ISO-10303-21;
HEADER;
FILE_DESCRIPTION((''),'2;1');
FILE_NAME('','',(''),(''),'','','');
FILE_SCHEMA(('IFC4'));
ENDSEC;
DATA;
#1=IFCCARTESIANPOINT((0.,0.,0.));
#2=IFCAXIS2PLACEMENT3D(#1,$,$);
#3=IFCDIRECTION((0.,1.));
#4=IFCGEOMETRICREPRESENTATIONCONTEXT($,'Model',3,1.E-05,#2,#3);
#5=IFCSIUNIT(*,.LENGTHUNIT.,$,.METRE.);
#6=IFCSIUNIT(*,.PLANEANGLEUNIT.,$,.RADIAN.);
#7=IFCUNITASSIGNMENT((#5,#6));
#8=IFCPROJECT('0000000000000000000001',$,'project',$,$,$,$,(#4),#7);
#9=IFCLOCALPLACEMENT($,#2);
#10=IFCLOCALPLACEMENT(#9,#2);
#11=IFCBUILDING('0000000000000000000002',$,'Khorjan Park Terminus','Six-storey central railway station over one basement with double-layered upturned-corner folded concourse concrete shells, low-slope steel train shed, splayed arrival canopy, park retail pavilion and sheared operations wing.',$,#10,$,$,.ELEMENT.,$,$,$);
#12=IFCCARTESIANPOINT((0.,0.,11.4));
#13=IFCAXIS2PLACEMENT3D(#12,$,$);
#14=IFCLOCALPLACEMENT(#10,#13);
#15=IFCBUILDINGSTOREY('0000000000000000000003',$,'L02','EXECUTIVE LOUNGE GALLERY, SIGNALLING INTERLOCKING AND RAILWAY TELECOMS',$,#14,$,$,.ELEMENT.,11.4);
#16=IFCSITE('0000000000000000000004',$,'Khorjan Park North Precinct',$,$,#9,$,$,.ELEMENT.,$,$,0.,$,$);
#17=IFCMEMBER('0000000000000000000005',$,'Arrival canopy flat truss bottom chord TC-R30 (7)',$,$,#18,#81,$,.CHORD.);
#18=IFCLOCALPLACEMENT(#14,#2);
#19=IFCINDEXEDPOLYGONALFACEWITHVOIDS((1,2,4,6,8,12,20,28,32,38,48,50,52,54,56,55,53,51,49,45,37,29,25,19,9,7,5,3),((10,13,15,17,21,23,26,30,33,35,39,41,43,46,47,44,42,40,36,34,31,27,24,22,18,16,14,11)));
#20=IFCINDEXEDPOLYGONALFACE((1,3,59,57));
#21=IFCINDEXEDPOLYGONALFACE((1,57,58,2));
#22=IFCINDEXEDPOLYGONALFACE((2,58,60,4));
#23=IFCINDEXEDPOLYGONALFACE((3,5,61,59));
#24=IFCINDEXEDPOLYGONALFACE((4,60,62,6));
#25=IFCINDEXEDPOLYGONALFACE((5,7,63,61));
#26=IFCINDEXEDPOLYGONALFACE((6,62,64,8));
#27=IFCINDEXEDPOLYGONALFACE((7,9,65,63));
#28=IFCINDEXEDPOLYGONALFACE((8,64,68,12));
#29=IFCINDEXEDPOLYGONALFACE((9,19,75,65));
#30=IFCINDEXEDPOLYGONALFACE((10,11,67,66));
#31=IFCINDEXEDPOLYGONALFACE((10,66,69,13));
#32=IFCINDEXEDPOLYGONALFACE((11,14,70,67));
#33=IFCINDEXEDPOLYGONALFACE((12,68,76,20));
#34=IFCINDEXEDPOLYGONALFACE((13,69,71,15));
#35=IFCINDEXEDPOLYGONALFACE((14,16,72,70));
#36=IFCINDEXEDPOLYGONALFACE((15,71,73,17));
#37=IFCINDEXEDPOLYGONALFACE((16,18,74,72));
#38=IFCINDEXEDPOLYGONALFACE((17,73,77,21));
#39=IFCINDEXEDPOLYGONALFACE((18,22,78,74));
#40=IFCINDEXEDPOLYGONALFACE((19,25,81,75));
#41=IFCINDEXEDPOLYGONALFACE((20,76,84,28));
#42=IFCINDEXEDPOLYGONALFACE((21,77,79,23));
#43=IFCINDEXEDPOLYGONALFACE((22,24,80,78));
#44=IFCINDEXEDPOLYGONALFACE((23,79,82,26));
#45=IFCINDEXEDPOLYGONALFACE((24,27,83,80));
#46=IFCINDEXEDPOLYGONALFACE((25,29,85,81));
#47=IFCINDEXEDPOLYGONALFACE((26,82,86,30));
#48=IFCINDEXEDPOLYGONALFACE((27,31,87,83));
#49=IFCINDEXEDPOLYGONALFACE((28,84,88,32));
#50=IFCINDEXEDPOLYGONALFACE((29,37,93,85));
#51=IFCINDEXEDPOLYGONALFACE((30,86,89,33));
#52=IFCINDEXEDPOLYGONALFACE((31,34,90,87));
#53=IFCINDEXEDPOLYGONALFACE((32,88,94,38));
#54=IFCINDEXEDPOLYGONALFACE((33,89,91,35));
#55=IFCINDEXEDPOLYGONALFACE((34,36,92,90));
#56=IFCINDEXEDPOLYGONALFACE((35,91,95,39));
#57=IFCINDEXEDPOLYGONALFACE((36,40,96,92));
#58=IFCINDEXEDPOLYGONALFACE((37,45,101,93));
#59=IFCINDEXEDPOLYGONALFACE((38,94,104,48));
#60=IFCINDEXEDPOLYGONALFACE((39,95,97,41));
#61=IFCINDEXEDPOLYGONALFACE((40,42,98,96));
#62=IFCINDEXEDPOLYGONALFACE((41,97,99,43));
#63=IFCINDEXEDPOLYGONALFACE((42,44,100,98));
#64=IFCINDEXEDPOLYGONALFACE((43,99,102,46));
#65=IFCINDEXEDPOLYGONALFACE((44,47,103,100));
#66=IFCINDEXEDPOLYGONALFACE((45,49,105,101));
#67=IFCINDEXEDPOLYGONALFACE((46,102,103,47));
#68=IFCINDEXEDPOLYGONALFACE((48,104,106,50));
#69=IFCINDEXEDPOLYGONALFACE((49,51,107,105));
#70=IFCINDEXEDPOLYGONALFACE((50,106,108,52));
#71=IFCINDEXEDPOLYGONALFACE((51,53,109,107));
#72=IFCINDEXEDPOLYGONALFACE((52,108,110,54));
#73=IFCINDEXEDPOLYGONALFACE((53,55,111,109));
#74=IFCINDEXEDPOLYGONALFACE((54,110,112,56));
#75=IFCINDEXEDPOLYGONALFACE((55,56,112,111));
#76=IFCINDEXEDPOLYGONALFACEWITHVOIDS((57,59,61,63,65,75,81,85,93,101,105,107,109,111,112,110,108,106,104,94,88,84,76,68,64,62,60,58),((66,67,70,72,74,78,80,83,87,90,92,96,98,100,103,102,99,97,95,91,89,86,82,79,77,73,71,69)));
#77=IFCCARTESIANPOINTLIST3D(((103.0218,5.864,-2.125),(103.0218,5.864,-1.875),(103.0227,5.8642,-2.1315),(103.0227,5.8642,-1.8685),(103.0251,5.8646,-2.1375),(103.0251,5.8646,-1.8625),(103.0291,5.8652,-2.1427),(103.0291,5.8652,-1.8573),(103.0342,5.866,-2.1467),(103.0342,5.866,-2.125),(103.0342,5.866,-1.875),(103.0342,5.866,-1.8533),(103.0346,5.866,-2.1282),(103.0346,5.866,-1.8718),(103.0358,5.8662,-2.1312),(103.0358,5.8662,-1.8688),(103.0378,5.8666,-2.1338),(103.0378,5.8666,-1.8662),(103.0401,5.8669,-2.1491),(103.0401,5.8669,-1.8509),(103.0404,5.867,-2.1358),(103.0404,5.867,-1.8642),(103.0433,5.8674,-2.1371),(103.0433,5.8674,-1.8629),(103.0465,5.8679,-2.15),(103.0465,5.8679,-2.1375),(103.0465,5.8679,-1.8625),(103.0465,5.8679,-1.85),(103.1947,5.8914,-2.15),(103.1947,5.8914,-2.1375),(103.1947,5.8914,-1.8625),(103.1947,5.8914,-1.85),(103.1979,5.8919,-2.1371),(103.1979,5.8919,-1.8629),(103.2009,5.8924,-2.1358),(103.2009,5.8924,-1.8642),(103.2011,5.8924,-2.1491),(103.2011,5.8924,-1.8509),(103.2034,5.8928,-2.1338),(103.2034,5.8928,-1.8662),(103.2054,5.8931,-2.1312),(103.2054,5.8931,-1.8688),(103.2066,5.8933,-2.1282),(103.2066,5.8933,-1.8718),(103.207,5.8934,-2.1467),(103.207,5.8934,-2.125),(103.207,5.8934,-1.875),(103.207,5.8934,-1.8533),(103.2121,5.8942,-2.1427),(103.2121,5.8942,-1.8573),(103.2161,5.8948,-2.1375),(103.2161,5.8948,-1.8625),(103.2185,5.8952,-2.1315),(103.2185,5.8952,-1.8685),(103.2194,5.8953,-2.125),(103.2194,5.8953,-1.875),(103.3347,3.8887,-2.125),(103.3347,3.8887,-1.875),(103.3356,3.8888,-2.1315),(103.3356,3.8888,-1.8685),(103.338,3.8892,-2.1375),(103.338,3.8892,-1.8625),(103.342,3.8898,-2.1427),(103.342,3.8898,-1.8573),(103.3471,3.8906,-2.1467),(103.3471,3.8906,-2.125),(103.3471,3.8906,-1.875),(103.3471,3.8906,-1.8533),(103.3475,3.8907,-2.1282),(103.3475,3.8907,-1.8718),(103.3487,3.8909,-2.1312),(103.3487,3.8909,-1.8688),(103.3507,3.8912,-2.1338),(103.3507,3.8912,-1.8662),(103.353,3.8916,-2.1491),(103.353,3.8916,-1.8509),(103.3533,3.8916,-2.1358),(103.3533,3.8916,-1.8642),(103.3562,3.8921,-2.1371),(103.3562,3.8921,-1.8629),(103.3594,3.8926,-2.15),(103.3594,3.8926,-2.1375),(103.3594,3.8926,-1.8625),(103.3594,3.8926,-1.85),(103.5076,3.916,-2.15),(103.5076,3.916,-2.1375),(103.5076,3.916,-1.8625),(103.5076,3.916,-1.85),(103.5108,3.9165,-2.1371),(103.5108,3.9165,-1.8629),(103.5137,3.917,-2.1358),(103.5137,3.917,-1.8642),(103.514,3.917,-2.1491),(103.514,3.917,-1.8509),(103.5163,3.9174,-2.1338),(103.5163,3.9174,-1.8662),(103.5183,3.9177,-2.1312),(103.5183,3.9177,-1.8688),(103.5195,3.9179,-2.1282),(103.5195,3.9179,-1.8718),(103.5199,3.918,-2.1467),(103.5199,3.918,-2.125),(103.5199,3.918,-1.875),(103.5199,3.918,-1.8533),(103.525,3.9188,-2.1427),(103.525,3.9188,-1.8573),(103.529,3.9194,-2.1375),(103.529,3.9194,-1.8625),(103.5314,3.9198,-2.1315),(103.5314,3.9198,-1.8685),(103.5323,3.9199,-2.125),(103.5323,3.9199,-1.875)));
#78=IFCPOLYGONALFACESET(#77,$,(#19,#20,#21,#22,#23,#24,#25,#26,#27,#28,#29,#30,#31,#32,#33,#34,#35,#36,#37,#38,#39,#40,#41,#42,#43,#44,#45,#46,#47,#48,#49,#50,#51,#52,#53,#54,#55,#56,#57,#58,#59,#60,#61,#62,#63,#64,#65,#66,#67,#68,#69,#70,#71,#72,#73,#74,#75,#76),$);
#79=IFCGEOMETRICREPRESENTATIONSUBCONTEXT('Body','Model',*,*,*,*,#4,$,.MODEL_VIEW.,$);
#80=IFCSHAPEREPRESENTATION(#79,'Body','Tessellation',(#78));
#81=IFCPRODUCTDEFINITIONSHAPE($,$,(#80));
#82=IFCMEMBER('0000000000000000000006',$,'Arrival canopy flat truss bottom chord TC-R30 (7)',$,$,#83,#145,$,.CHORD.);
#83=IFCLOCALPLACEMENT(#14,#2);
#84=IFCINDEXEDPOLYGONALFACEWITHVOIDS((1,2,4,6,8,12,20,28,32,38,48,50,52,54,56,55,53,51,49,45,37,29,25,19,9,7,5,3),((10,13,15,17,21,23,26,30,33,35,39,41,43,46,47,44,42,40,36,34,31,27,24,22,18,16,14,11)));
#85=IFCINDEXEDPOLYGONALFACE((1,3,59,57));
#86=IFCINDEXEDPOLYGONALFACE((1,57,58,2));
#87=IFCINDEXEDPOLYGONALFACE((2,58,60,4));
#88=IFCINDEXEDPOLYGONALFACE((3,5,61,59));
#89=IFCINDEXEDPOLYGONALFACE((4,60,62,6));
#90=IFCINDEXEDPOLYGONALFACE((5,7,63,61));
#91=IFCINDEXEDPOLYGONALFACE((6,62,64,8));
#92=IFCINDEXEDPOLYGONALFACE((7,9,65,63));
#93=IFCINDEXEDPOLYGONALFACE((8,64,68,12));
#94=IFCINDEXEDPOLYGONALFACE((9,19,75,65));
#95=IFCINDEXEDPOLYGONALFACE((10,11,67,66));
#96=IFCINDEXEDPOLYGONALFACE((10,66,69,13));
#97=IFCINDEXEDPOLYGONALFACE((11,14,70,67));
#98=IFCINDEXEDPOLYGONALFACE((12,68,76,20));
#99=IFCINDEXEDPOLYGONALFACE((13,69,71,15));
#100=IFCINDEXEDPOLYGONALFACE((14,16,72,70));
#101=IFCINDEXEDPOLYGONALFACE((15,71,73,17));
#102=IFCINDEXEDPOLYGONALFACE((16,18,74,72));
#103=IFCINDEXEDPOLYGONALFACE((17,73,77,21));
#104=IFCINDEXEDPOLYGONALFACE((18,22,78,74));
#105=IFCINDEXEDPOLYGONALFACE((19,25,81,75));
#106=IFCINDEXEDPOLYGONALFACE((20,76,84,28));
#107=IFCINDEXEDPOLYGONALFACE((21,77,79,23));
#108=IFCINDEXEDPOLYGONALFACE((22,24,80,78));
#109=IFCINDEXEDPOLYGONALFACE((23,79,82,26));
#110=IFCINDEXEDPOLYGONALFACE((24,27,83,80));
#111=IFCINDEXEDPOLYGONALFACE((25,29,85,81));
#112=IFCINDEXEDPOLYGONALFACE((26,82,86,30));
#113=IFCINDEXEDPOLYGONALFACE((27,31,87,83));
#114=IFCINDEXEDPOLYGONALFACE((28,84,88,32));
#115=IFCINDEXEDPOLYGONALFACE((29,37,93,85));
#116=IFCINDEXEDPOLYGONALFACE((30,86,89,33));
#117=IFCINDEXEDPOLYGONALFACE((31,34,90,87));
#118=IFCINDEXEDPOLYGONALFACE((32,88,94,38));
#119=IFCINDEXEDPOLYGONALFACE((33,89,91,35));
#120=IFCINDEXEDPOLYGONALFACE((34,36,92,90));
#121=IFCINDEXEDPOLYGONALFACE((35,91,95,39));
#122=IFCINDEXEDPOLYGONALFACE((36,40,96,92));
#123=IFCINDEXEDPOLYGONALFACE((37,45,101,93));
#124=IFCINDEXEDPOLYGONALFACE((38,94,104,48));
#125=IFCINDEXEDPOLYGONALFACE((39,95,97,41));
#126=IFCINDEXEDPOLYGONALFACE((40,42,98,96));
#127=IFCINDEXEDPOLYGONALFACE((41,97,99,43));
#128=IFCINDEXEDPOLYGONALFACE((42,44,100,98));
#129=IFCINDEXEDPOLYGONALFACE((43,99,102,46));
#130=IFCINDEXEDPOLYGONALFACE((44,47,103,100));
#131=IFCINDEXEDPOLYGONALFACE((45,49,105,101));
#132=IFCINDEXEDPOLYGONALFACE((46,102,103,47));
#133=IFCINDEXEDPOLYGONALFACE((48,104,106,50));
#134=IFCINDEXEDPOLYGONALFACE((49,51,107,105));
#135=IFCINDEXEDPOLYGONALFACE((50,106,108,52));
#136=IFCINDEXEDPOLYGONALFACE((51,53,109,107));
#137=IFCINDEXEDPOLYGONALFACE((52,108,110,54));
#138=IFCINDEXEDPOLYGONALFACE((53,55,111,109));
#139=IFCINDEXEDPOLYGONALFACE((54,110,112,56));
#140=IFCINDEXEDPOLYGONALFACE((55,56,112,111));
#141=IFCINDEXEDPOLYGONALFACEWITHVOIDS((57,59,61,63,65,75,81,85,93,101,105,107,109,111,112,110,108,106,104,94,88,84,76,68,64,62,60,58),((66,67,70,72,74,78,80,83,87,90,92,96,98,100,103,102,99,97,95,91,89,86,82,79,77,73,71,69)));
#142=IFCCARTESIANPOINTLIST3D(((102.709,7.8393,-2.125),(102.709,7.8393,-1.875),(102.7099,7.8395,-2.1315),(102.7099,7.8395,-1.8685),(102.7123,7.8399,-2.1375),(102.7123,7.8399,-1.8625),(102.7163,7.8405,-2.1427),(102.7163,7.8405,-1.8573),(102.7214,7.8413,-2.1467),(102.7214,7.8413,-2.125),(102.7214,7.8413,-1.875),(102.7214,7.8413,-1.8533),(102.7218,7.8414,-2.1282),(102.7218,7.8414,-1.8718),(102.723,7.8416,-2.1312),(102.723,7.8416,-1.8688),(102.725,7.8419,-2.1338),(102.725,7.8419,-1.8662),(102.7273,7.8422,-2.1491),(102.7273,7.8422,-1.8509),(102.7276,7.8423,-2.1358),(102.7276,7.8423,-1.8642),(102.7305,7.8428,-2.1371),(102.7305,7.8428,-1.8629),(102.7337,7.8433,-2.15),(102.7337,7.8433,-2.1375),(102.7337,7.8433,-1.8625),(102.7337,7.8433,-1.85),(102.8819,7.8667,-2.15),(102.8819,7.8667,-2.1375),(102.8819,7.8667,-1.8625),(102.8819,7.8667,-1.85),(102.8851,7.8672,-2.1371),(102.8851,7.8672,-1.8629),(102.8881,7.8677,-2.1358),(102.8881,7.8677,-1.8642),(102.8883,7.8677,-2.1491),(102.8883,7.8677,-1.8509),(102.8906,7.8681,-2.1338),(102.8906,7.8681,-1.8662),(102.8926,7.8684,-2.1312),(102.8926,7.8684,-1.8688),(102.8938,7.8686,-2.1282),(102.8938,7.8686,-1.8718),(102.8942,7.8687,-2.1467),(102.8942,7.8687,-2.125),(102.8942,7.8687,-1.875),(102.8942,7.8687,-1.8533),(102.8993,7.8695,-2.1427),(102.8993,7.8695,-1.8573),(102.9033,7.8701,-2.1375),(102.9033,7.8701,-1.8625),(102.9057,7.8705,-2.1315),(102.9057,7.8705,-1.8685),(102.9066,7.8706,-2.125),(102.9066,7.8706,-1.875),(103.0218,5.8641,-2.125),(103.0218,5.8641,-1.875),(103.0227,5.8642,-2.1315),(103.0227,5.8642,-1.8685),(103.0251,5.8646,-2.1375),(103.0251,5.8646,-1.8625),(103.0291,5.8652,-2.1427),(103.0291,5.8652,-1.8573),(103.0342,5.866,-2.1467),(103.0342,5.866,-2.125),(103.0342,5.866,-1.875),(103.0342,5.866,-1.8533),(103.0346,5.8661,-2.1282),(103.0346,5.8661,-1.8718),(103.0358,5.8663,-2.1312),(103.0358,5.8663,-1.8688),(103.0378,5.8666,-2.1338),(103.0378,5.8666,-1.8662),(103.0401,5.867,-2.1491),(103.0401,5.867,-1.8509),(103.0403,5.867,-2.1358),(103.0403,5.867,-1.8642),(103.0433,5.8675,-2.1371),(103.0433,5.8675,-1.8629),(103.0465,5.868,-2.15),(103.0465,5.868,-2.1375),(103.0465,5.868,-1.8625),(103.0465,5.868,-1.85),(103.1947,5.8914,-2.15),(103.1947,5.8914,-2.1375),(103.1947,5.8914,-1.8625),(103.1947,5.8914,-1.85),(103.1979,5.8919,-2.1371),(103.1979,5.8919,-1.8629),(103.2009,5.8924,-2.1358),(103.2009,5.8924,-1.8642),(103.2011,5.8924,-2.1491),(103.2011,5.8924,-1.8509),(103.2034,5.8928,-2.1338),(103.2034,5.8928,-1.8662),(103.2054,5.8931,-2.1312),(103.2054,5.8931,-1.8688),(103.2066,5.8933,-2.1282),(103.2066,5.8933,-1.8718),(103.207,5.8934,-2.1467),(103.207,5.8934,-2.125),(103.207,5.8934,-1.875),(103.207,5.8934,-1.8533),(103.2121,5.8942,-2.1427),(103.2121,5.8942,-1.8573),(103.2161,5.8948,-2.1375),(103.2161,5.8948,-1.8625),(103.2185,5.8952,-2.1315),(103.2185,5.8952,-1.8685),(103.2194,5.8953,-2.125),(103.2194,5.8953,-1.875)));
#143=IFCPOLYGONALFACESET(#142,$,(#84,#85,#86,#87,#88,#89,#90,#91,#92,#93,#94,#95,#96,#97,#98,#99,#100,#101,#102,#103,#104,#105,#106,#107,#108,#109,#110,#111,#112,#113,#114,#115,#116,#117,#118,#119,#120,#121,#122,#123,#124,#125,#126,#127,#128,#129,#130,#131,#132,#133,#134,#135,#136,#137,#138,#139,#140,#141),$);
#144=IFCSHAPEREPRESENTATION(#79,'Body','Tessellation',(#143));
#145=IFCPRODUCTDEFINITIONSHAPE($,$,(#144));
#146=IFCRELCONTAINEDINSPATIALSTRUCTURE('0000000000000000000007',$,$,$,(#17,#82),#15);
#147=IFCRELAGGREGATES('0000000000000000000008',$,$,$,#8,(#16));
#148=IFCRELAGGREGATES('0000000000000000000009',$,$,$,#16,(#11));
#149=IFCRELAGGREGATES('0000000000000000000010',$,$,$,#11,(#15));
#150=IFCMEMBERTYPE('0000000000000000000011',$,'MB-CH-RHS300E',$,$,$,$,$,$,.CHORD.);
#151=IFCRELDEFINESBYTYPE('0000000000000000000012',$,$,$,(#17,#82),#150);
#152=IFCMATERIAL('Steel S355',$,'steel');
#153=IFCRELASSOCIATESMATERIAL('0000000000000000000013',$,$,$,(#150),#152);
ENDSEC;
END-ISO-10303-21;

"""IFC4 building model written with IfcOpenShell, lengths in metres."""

from ifc_helpers import new_model, si_unit, direction, frame, origin, origin_2d, place, context, subcontext, project, spatial, hollow_rectangle, extrude, material, material_profile, profile_set, type_object, element, save


model = new_model("IFC4")

# Units and contexts
model_context = context("Model", 3, precision=1e-05, world=origin(), true_north=direction((0.0, 1.0)))
body_context = subcontext(model_context, "Body", "Model", "MODEL_VIEW")
ifc_project = project(units=[si_unit("LENGTHUNIT", "METRE"), si_unit("PLANEANGLEUNIT", "RADIAN")], contexts=[model_context])

# Site, building, storey
site_placement = place(None, origin())
site = spatial("IfcSite", under=ifc_project, at=site_placement, Name="Khorjan Park North Precinct", CompositionType="ELEMENT", RefElevation=0.0)
building_placement = place(site_placement, origin())
building = spatial("IfcBuilding", under=site, at=building_placement, Name="Khorjan Park Terminus", Description="Six-storey central railway station over one basement with double-layered upturned-corner folded concourse concrete shells, low-slope steel train shed, splayed arrival canopy, park retail pavilion and sheared operations wing.", CompositionType="ELEMENT")
storey_placement = place(building_placement, frame((0.0, 0.0, 11.4)))
storey = spatial("IfcBuildingStorey", under=building, at=storey_placement, Name="L02", Description="EXECUTIVE LOUNGE GALLERY, SIGNALLING INTERLOCKING AND RAILWAY TELECOMS", CompositionType="ELEMENT", Elevation=11.4)

# Members
ifc_material = material(Name="Steel S355", Category="steel")
ifc_material_profile_1 = material_profile(ifc_material, hollow_rectangle(XDim=0.2, YDim=0.3, WallThickness=0.0125, InnerFilletRadius=0.0125, OuterFilletRadius=0.025, at=origin_2d()), Name="RHS 300x200x12.5")
ifc_profile_set_1 = profile_set([ifc_material_profile_1], Name="Steel S355")
member_type_1 = type_object("IfcMemberType", Name="MB-CH-RHS300E", PredefinedType="CHORD", material=ifc_profile_set_1)
for number, where, z_axis, x_axis, name in (
    (1, (103.4335, 3.9043, -2.0), (-0.156448, 0.987686, 0.0), (-0.987686, -0.156448, 0.0), "Arrival canopy flat truss bottom chord TC-R30 (7)"),
):
    element("IfcMember", number, at=place(storey_placement, frame(where, z_axis=z_axis, x_axis=x_axis)), inside=storey, type_object=member_type_1, Name=name, PredefinedType="CHORD", context=body_context, shape_type="SweptSolid", body=[
        extrude(hollow_rectangle(XDim=0.2, YDim=0.3, WallThickness=0.0125, InnerFilletRadius=0.0125, OuterFilletRadius=0.025, at=origin_2d()), origin(), (0.0, 0.0, 1.0), 2.0),
    ])
member_1_placement = place(storey_placement, frame((103.1206, 5.8797, -2.0), z_axis=(-0.156407, 0.987693, 0.0), x_axis=(-0.987693, -0.156407, 0.0)))
element("IfcMember", 2, at=member_1_placement, inside=storey, type_object=member_type_1, Name="Arrival canopy flat truss bottom chord TC-R30 (7)", PredefinedType="CHORD", context=body_context, shape_type="SweptSolid", body=[
    extrude(hollow_rectangle(XDim=0.2, YDim=0.3, WallThickness=0.0125, InnerFilletRadius=0.0125, OuterFilletRadius=0.025, at=origin_2d()), origin(), (0.0, 0.0, 1.0), 1.9999),
])

save(model, "model.ifc")
